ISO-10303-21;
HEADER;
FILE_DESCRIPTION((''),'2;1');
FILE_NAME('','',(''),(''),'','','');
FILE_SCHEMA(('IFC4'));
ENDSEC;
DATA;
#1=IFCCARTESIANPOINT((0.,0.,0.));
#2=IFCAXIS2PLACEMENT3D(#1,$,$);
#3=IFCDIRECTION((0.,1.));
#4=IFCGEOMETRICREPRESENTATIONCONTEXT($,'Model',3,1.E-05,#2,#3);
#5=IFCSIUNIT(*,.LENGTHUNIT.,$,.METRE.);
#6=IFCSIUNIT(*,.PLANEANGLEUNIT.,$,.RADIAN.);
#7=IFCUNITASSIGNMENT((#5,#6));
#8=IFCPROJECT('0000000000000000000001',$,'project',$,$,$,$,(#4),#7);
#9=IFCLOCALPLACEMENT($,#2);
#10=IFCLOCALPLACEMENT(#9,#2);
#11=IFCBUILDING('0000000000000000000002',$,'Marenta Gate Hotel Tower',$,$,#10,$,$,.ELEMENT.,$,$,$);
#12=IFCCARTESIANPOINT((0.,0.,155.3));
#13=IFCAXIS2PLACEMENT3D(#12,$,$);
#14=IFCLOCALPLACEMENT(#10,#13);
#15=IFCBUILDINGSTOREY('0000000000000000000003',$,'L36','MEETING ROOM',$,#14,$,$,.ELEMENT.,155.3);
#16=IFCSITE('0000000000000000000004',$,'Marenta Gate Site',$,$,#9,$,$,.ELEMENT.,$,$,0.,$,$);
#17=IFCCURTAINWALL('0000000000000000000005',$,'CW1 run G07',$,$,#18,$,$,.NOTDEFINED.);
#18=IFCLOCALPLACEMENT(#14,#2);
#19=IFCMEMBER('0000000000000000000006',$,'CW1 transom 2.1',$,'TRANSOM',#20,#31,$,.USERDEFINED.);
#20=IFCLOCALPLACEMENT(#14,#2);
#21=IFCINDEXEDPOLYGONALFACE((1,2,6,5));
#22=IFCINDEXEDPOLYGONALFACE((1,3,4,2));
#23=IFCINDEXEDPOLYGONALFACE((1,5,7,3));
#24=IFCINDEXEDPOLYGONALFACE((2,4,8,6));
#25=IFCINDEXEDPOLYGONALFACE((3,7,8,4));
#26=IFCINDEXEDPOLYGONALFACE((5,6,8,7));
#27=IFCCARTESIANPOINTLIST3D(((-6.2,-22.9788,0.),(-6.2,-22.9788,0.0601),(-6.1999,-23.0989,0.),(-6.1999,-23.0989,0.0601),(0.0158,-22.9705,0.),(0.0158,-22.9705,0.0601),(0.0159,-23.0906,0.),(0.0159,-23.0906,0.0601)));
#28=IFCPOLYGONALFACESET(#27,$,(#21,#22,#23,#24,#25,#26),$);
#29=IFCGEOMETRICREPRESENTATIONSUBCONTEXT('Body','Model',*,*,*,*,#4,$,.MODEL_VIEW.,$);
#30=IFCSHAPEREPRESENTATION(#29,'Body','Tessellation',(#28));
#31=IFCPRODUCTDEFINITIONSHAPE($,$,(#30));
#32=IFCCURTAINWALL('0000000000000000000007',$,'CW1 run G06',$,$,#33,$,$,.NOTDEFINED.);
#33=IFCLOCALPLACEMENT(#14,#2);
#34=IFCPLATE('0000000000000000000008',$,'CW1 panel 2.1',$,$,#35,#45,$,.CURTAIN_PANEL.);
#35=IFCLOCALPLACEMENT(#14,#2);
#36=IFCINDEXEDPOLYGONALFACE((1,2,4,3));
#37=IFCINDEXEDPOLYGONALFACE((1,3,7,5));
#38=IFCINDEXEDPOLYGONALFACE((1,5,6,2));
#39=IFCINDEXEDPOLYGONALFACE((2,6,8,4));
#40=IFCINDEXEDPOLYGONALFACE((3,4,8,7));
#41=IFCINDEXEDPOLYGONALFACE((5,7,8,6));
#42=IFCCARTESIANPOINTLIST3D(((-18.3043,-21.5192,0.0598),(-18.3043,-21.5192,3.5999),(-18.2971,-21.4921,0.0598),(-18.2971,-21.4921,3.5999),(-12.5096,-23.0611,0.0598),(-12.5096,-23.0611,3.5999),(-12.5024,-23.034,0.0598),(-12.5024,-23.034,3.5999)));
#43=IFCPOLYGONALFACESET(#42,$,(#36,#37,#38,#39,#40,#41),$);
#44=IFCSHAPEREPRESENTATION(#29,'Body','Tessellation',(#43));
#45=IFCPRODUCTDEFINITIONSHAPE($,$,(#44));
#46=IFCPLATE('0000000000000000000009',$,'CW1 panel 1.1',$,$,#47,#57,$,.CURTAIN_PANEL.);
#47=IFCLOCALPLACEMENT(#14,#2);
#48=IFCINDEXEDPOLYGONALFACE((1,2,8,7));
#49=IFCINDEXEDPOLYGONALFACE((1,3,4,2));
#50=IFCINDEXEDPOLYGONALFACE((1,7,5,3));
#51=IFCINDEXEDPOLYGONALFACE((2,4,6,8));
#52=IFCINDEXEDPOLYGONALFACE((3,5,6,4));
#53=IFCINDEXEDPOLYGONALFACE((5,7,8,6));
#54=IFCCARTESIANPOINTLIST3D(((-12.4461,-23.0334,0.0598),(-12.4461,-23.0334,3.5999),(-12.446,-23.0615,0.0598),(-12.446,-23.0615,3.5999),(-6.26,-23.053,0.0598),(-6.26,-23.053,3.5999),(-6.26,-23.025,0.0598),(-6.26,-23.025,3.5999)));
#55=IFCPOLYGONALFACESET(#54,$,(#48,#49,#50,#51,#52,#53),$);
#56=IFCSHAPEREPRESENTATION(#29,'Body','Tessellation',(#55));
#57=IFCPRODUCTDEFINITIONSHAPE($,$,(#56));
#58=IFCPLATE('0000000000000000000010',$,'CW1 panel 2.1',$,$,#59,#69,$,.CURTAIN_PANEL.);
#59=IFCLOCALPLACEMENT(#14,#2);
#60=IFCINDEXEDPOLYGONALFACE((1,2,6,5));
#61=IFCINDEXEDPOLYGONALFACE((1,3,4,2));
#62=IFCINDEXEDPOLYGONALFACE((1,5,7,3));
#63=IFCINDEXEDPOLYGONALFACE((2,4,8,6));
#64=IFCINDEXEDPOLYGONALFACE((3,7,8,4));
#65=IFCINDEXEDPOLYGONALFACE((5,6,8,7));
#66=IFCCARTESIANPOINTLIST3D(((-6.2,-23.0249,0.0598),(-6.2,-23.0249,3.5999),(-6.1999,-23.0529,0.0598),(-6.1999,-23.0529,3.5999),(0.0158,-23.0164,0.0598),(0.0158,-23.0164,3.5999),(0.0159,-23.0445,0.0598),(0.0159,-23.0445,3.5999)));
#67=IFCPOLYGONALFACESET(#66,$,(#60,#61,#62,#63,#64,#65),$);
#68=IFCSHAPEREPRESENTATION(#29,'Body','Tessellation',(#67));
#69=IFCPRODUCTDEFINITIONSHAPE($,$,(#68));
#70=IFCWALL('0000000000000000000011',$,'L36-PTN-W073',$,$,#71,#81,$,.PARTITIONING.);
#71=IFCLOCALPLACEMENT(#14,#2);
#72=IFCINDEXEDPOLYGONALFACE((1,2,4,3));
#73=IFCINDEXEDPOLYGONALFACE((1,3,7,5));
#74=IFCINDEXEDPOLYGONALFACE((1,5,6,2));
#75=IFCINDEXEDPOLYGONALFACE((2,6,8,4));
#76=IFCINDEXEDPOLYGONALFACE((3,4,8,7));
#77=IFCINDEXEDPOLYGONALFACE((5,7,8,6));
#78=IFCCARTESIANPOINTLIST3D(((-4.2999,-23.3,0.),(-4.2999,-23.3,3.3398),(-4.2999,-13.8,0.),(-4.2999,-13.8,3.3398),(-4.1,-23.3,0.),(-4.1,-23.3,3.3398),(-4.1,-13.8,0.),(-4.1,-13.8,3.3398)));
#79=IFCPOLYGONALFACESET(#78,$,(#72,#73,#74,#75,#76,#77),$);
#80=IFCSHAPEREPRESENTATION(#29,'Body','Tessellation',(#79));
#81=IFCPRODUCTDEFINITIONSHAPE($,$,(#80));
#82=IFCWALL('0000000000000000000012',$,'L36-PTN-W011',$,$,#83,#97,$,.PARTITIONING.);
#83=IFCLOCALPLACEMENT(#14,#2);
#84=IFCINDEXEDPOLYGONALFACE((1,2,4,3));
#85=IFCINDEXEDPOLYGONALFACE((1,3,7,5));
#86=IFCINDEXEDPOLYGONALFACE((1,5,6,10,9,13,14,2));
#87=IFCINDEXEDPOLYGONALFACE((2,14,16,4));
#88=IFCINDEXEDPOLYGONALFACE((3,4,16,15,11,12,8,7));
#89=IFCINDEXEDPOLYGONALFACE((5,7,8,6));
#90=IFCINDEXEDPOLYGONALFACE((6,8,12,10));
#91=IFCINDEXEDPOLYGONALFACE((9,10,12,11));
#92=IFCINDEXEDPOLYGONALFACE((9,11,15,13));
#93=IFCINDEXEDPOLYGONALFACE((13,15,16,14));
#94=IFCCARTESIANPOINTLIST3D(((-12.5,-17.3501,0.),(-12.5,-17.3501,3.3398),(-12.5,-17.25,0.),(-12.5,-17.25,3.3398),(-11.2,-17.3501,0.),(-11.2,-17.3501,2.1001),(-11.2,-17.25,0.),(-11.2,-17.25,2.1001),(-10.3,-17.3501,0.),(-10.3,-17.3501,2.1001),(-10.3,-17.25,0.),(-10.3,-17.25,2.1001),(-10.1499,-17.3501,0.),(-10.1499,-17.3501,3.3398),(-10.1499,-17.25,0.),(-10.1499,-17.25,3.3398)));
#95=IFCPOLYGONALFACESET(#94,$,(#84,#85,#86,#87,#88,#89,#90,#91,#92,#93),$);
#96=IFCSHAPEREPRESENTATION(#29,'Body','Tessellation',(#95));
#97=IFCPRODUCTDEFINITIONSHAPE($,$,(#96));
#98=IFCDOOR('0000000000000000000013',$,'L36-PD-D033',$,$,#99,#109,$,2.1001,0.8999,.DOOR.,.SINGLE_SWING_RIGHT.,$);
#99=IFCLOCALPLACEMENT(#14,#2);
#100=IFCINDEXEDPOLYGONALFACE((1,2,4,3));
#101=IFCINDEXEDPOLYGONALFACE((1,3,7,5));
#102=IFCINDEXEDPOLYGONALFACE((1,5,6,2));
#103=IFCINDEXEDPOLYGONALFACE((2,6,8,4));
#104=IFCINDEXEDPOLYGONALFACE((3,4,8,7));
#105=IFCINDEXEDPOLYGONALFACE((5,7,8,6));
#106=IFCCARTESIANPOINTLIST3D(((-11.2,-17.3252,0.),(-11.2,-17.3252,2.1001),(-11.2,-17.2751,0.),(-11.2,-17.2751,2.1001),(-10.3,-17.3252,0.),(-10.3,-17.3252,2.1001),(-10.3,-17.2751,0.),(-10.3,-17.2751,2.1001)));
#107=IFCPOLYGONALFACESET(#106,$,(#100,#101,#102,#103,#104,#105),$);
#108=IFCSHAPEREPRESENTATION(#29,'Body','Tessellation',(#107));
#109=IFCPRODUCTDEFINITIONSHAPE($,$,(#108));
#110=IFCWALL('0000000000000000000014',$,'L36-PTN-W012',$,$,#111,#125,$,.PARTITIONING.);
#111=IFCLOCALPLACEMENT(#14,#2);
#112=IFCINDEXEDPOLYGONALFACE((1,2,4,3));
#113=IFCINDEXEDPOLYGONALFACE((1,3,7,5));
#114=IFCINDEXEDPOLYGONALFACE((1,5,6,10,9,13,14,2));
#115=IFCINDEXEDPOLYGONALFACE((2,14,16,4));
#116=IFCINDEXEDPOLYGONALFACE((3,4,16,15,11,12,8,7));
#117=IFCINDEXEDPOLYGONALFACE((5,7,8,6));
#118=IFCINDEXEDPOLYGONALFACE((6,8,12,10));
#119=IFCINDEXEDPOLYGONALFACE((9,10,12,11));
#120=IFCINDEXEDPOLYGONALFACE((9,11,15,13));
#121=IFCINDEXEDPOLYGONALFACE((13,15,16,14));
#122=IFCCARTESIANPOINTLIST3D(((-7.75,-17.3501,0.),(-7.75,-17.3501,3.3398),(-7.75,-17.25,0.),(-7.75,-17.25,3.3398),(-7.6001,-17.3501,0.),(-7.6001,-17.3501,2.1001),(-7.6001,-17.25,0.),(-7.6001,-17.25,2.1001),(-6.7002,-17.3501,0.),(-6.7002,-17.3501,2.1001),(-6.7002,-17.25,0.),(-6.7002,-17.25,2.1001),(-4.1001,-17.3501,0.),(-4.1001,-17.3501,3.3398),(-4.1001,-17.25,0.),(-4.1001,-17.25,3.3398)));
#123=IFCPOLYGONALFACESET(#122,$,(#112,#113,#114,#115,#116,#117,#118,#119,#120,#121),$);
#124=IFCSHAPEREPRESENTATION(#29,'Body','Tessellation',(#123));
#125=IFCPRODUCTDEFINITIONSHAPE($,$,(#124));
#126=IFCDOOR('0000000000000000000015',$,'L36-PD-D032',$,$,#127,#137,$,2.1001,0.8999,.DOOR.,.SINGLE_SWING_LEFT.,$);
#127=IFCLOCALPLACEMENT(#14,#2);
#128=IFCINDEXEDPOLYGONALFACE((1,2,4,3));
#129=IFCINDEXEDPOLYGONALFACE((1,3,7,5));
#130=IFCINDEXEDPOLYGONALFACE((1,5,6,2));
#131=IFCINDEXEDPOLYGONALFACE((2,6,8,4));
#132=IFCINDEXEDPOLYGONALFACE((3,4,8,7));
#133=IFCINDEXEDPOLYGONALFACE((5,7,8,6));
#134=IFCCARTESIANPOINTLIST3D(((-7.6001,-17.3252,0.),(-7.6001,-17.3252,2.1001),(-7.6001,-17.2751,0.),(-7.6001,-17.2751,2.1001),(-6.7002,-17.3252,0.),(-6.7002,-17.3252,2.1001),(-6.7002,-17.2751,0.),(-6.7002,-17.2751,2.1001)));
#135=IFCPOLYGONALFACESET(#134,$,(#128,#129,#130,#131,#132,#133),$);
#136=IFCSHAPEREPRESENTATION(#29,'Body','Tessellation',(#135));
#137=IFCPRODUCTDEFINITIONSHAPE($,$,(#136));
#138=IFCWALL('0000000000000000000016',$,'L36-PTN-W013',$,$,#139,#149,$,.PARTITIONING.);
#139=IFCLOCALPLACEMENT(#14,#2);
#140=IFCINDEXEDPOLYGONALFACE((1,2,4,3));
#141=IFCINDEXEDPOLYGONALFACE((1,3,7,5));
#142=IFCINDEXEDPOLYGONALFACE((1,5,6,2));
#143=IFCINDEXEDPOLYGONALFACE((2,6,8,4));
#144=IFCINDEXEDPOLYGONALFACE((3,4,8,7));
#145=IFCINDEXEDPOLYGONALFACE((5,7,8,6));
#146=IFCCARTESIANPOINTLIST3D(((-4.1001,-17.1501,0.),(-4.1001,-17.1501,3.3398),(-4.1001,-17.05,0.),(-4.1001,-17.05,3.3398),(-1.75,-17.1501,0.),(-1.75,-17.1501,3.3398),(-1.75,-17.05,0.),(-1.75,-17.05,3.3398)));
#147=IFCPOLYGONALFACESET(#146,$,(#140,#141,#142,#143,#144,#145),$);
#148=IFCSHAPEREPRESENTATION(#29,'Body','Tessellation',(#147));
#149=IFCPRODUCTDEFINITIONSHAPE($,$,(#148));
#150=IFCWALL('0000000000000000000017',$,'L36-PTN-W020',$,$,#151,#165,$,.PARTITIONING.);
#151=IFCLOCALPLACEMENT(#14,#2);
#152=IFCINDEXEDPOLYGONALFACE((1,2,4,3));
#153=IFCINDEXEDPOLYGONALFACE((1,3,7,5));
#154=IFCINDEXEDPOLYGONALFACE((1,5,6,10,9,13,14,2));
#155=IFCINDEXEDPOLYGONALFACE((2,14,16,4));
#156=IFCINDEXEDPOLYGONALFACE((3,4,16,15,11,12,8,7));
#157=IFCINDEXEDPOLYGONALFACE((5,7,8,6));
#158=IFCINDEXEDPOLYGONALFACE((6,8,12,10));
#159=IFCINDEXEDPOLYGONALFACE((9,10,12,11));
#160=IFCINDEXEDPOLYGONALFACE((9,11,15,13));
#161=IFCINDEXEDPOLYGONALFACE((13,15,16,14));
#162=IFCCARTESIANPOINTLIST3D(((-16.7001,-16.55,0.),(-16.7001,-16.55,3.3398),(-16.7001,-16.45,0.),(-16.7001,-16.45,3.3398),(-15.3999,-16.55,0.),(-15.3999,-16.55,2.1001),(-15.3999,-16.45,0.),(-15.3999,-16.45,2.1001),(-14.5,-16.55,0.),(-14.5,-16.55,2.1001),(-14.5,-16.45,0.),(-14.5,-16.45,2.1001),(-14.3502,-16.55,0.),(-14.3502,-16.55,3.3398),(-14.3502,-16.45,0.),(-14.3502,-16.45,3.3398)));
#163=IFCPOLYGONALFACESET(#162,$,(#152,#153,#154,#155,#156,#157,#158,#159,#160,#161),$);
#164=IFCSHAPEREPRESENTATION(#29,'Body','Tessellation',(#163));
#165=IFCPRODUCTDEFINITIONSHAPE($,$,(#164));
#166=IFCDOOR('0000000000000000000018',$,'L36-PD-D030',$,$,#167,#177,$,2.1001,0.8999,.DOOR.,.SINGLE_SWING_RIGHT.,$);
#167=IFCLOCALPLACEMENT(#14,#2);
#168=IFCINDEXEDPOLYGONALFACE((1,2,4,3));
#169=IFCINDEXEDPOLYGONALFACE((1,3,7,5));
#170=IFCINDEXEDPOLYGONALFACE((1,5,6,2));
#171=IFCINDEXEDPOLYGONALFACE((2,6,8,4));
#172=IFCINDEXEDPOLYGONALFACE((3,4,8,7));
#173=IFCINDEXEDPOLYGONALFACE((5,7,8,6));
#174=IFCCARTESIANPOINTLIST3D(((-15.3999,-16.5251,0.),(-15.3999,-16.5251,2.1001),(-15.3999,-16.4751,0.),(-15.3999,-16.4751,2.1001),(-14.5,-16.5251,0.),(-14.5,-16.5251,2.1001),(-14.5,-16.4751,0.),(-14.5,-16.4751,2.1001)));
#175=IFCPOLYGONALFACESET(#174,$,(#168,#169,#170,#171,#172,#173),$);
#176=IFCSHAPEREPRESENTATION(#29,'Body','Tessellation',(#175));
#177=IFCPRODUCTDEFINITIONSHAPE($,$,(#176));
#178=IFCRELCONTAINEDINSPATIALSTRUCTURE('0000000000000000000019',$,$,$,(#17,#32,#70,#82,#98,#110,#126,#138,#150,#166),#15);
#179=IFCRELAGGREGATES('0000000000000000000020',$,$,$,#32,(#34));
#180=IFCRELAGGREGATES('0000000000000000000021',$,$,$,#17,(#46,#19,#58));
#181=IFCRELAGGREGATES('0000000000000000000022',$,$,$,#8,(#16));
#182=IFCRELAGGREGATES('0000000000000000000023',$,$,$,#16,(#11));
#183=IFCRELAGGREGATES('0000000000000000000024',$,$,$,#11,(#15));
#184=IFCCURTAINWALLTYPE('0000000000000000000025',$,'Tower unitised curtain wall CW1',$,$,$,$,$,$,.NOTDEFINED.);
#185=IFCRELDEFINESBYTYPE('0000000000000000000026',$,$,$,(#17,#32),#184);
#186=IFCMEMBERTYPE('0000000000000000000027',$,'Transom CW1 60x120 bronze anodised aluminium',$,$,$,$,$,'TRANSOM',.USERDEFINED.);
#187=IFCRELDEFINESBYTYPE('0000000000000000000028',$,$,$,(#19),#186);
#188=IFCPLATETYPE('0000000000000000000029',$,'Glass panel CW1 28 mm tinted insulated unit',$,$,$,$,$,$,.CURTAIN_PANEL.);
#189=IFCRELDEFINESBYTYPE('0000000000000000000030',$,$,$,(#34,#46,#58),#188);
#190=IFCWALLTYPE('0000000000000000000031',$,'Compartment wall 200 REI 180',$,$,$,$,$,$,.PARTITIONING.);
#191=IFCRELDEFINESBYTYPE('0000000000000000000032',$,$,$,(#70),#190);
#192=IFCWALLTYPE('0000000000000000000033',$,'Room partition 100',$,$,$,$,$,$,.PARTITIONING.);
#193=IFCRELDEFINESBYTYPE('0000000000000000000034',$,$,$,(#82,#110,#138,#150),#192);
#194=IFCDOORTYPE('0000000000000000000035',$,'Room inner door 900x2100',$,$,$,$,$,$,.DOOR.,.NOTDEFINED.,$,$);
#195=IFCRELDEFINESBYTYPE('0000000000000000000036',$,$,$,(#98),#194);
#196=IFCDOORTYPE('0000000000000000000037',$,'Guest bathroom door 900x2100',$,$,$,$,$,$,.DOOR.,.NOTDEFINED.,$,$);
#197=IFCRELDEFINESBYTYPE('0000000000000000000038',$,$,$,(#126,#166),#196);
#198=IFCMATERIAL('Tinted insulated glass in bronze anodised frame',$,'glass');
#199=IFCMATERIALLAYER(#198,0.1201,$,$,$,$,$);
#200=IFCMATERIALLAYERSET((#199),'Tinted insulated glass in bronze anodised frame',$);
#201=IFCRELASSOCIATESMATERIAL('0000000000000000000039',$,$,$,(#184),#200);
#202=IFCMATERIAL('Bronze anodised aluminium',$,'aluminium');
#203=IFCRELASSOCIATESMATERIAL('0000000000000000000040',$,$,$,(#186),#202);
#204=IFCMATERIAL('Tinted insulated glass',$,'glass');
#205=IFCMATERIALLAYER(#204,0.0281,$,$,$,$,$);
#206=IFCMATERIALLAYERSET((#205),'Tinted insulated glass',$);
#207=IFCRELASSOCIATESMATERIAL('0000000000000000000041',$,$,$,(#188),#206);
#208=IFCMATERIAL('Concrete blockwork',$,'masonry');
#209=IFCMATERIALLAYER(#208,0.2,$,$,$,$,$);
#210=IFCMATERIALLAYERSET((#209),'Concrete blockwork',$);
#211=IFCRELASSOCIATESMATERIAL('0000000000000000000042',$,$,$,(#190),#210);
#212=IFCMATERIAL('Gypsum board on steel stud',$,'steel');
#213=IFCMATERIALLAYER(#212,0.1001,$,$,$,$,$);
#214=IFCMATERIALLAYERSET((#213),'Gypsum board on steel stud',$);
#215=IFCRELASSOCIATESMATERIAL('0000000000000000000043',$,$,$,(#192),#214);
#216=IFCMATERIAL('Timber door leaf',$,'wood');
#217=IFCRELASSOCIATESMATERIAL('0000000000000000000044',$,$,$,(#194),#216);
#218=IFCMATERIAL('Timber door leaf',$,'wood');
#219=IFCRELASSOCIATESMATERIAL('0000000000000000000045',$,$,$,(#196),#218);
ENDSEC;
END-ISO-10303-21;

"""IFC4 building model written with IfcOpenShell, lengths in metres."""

from ifc_helpers import new_model, si_unit, direction, frame, frame_2d, origin, origin_2d, place, context, subcontext, project, spatial, rectangle, extrude, material, layer, layer_set, material_profile, profile_set, type_object, element, fill, aggregate, save


model = new_model("IFC4")

# Units and contexts
model_context = context("Model", 3, precision=1e-05, world=origin(), true_north=direction((0.0, 1.0)))
body_context = subcontext(model_context, "Body", "Model", "MODEL_VIEW")
ifc_project = project(units=[si_unit("LENGTHUNIT", "METRE"), si_unit("PLANEANGLEUNIT", "RADIAN")], contexts=[model_context])

# Site, building, storey
site_placement = place(None, origin())
site = spatial("IfcSite", under=ifc_project, at=site_placement, Name="Marenta Gate Site", CompositionType="ELEMENT", RefElevation=0.0)
building_placement = place(site_placement, origin())
building = spatial("IfcBuilding", under=site, at=building_placement, Name="Marenta Gate Hotel Tower", CompositionType="ELEMENT")
storey_placement = place(building_placement, frame((0.0, 0.0, 155.3)))
storey = spatial("IfcBuildingStorey", under=building, at=storey_placement, Name="L36", Description="MEETING ROOM", CompositionType="ELEMENT", Elevation=155.3)

# Curtain wall, member
ifc_material_1 = material(Name="Tinted insulated glass in bronze anodised frame", Category="glass")
ifc_layer_1 = layer(ifc_material_1, 0.1201)
ifc_layer_set_1 = layer_set([ifc_layer_1], Name="Tinted insulated glass in bronze anodised frame")
curtain_wall_type = type_object("IfcCurtainWallType", Name="Tower unitised curtain wall CW1", PredefinedType="NOTDEFINED", material=ifc_layer_set_1)
curtain_wall_1_placement = place(storey_placement, origin())
curtain_wall_1 = element("IfcCurtainWall", 1, at=curtain_wall_1_placement, inside=storey, type_object=curtain_wall_type, Name="CW1 run G07", PredefinedType="NOTDEFINED")
ifc_material_2 = material(Name="Bronze anodised aluminium", Category="aluminium")
ifc_material_profile_1 = material_profile(ifc_material_2, rectangle(XDim=0.1201, YDim=0.0601, at=origin_2d()), Name="Transom CW1 60x120 bronze anodised aluminium")
ifc_profile_set_1 = profile_set([ifc_material_profile_1], Name="Bronze anodised aluminium")
member_type_1 = type_object("IfcMemberType", Name="Transom CW1 60x120 bronze anodised aluminium", ElementType="TRANSOM", PredefinedType="USERDEFINED", material=ifc_profile_set_1)
member_1_placement = place(storey_placement, frame((-6.2, -23.0388, 0.03), z_axis=(0.999999, 0.001335, 0.0), x_axis=(-0.001335, 0.999999, 0.0)))
member_1 = element("IfcMember", 2, at=member_1_placement, type_object=member_type_1, Name="CW1 transom 2.1", ObjectType="TRANSOM", PredefinedType="USERDEFINED", context=body_context, shape_type="SweptSolid", body=[
    extrude(rectangle(XDim=0.1201, YDim=0.0601, at=origin_2d()), origin(), (0.0, 0.0, 1.0), 6.2158),
])

# Curtain wall, plate
curtain_wall_2_placement = place(storey_placement, origin())
curtain_wall_2 = element("IfcCurtainWall", 3, at=curtain_wall_2_placement, inside=storey, type_object=curtain_wall_type, Name="CW1 run G06", PredefinedType="NOTDEFINED")
ifc_material_3 = material(Name="Tinted insulated glass", Category="glass")
ifc_layer_2 = layer(ifc_material_3, 0.0281)
ifc_layer_set_2 = layer_set([ifc_layer_2], Name="Tinted insulated glass")
plate_type = type_object("IfcPlateType", Name="Glass panel CW1 28 mm tinted insulated unit", PredefinedType="CURTAIN_PANEL", material=ifc_layer_set_2)
plate_1_placement = place(storey_placement, frame((-15.4033, -22.2766, 0.0598), z_axis=(0.0, 0.0, 1.0), x_axis=(0.966373, -0.257144, 0.0)))
plate_1 = element("IfcPlate", 4, at=plate_1_placement, type_object=plate_type, Name="CW1 panel 2.1", PredefinedType="CURTAIN_PANEL", context=body_context, shape_type="SweptSolid", body=[
    extrude(rectangle(XDim=5.9963, YDim=0.0281, at=origin_2d()), origin(), (0.0, 0.0, 1.0), 3.54),
])
aggregate(curtain_wall_2, [plate_1])

# Plates
plate_2_placement = place(storey_placement, frame((-9.353, -23.0432, 0.0598), z_axis=(0.0, 0.0, 1.0), x_axis=(0.999999, 0.001362, 0.0)))
plate_2 = element("IfcPlate", 5, at=plate_2_placement, type_object=plate_type, Name="CW1 panel 1.1", PredefinedType="CURTAIN_PANEL", context=body_context, shape_type="SweptSolid", body=[
    extrude(rectangle(XDim=6.186, YDim=0.0281, at=origin_2d()), origin(), (0.0, 0.0, 1.0), 3.54),
])
plate_3_placement = place(storey_placement, frame((-3.092, -23.0347, 0.0598), z_axis=(0.0, 0.0, 1.0), x_axis=(0.999999, 0.001362, 0.0)))
plate_3 = element("IfcPlate", 6, at=plate_3_placement, type_object=plate_type, Name="CW1 panel 2.1", PredefinedType="CURTAIN_PANEL", context=body_context, shape_type="SweptSolid", body=[
    extrude(rectangle(XDim=6.2158, YDim=0.0281, at=origin_2d()), origin(), (0.0, 0.0, 1.0), 3.54),
])
aggregate(curtain_wall_1, [plate_2, member_1, plate_3])

# Wall
ifc_material_4 = material(Name="Concrete blockwork", Category="masonry")
ifc_layer_3 = layer(ifc_material_4, 0.2)
ifc_layer_set_3 = layer_set([ifc_layer_3], Name="Concrete blockwork")
wall_type_1 = type_object("IfcWallType", Name="Compartment wall 200 REI 180", PredefinedType="PARTITIONING", material=ifc_layer_set_3)
wall_1_placement = place(storey_placement, frame((-4.2, -23.3, 0.0), z_axis=(0.0, 0.0, 1.0), x_axis=(0.0, 1.0, 0.0)))
element("IfcWall", 7, at=wall_1_placement, inside=storey, type_object=wall_type_1, Name="L36-PTN-W073", PredefinedType="PARTITIONING", context=body_context, shape_type="SweptSolid", body=[
    extrude(rectangle(XDim=9.5, YDim=0.2, at=frame_2d((4.75, 0.0))), origin(), (0.0, 0.0, 1.0), 3.3398),
])

# Walls, openings, doors
ifc_material_5 = material(Name="Gypsum board on steel stud", Category="steel")
ifc_layer_4 = layer(ifc_material_5, 0.1001)
ifc_layer_set_4 = layer_set([ifc_layer_4], Name="Gypsum board on steel stud")
wall_type_2 = type_object("IfcWallType", Name="Room partition 100", PredefinedType="PARTITIONING", material=ifc_layer_set_4)
wall_2_placement = place(storey_placement, frame((-12.5, -17.3, 0.0), z_axis=(0.0, 0.0, 1.0), x_axis=(1.0, 0.0, 0.0)))
wall_2 = element("IfcWall", 8, at=wall_2_placement, inside=storey, type_object=wall_type_2, Name="L36-PTN-W011", PredefinedType="PARTITIONING", context=body_context, shape_type="SweptSolid", body=[
    extrude(rectangle(XDim=2.3501, YDim=0.1001, at=frame_2d((1.175, 0.0))), origin(), (0.0, 0.0, 1.0), 3.3398),
])
opening_1_placement = place(wall_2_placement, frame((1.3, 0.0, 0.0)))
opening_1 = element("IfcOpeningElement", 9, at=opening_1_placement, cuts=wall_2, PredefinedType="OPENING", context=body_context, shape_type="SweptSolid", body=[
    extrude(rectangle(XDim=0.8999, YDim=2.1001, at=frame_2d((0.45, 1.05))), frame((0.0, 0.05, 0.0), z_axis=(0.0, -1.0, 0.0), x_axis=(1.0, 0.0, 0.0)), (0.0, 0.0, 1.0), 0.1001),
])
ifc_material_6 = material(Name="Timber door leaf", Category="wood")
door_type_1 = type_object("IfcDoorType", Name="Room inner door 900x2100", OperationType="NOTDEFINED", PredefinedType="DOOR", material=ifc_material_6)
door_1_placement = place(opening_1_placement, origin())
door_1 = element("IfcDoor", 10, at=door_1_placement, inside=storey, type_object=door_type_1, Name="L36-PD-D033", OperationType="SINGLE_SWING_RIGHT", OverallHeight=2.1001, OverallWidth=0.8999, PredefinedType="DOOR", context=body_context, shape_type="SweptSolid", body=[
    extrude(rectangle(XDim=0.8999, YDim=2.1001, at=frame_2d((0.45, 1.05))), frame((0.0, 0.0249, 0.0), z_axis=(0.0, -1.0, 0.0), x_axis=(1.0, 0.0, 0.0)), (0.0, 0.0, 1.0), 0.05),
])
fill(opening_1, door_1)
wall_3_placement = place(storey_placement, frame((-7.75, -17.3, 0.0), z_axis=(0.0, 0.0, 1.0), x_axis=(1.0, 0.0, 0.0)))
wall_3 = element("IfcWall", 11, at=wall_3_placement, inside=storey, type_object=wall_type_2, Name="L36-PTN-W012", PredefinedType="PARTITIONING", context=body_context, shape_type="SweptSolid", body=[
    extrude(rectangle(XDim=3.6499, YDim=0.1001, at=frame_2d((1.825, 0.0))), origin(), (0.0, 0.0, 1.0), 3.3398),
])
opening_2_placement = place(wall_3_placement, frame((0.1499, 0.0, 0.0)))
opening_2 = element("IfcOpeningElement", 12, at=opening_2_placement, cuts=wall_3, PredefinedType="OPENING", context=body_context, shape_type="SweptSolid", body=[
    extrude(rectangle(XDim=0.8999, YDim=2.1001, at=frame_2d((0.45, 1.05))), frame((0.0, 0.05, 0.0), z_axis=(0.0, -1.0, 0.0), x_axis=(1.0, 0.0, 0.0)), (0.0, 0.0, 1.0), 0.1001),
])
ifc_material_7 = material(Name="Timber door leaf", Category="wood")
door_type_2 = type_object("IfcDoorType", Name="Guest bathroom door 900x2100", OperationType="NOTDEFINED", PredefinedType="DOOR", material=ifc_material_7)
door_2_placement = place(opening_2_placement, origin())
door_2 = element("IfcDoor", 13, at=door_2_placement, inside=storey, type_object=door_type_2, Name="L36-PD-D032", OperationType="SINGLE_SWING_LEFT", OverallHeight=2.1001, OverallWidth=0.8999, PredefinedType="DOOR", context=body_context, shape_type="SweptSolid", body=[
    extrude(rectangle(XDim=0.8999, YDim=2.1001, at=frame_2d((0.45, 1.05))), frame((0.0, 0.0249, 0.0), z_axis=(0.0, -1.0, 0.0), x_axis=(1.0, 0.0, 0.0)), (0.0, 0.0, 1.0), 0.05),
])
fill(opening_2, door_2)

# Wall
wall_4_placement = place(storey_placement, frame((-4.1001, -17.1001, 0.0), z_axis=(0.0, 0.0, 1.0), x_axis=(1.0, 0.0, 0.0)))
element("IfcWall", 14, at=wall_4_placement, inside=storey, type_object=wall_type_2, Name="L36-PTN-W013", PredefinedType="PARTITIONING", context=body_context, shape_type="SweptSolid", body=[
    extrude(rectangle(XDim=2.3501, YDim=0.1001, at=frame_2d((1.175, 0.0))), origin(), (0.0, 0.0, 1.0), 3.3398),
])

# Wall, opening, door
wall_5_placement = place(storey_placement, frame((-16.7, -16.5, 0.0), z_axis=(0.0, 0.0, 1.0), x_axis=(1.0, 0.0, 0.0)))
wall_5 = element("IfcWall", 15, at=wall_5_placement, inside=storey, type_object=wall_type_2, Name="L36-PTN-W020", PredefinedType="PARTITIONING", context=body_context, shape_type="SweptSolid", body=[
    extrude(rectangle(XDim=2.3499, YDim=0.1001, at=frame_2d((1.1748, 0.0))), origin(), (0.0, 0.0, 1.0), 3.3398),
])
opening_3_placement = place(wall_5_placement, frame((1.3, 0.0, 0.0)))
opening_3 = element("IfcOpeningElement", 16, at=opening_3_placement, cuts=wall_5, PredefinedType="OPENING", context=body_context, shape_type="SweptSolid", body=[
    extrude(rectangle(XDim=0.8999, YDim=2.1001, at=frame_2d((0.45, 1.05))), frame((0.0, 0.05, 0.0), z_axis=(0.0, -1.0, 0.0), x_axis=(1.0, 0.0, 0.0)), (0.0, 0.0, 1.0), 0.1001),
])
door_3_placement = place(opening_3_placement, origin())
door_3 = element("IfcDoor", 17, at=door_3_placement, inside=storey, type_object=door_type_2, Name="L36-PD-D030", OperationType="SINGLE_SWING_RIGHT", OverallHeight=2.1001, OverallWidth=0.8999, PredefinedType="DOOR", context=body_context, shape_type="SweptSolid", body=[
    extrude(rectangle(XDim=0.8999, YDim=2.1001, at=frame_2d((0.45, 1.05))), frame((0.0, 0.0249, 0.0), z_axis=(0.0, -1.0, 0.0), x_axis=(1.0, 0.0, 0.0)), (0.0, 0.0, 1.0), 0.05),
])
fill(opening_3, door_3)

save(model, "model.ifc")
